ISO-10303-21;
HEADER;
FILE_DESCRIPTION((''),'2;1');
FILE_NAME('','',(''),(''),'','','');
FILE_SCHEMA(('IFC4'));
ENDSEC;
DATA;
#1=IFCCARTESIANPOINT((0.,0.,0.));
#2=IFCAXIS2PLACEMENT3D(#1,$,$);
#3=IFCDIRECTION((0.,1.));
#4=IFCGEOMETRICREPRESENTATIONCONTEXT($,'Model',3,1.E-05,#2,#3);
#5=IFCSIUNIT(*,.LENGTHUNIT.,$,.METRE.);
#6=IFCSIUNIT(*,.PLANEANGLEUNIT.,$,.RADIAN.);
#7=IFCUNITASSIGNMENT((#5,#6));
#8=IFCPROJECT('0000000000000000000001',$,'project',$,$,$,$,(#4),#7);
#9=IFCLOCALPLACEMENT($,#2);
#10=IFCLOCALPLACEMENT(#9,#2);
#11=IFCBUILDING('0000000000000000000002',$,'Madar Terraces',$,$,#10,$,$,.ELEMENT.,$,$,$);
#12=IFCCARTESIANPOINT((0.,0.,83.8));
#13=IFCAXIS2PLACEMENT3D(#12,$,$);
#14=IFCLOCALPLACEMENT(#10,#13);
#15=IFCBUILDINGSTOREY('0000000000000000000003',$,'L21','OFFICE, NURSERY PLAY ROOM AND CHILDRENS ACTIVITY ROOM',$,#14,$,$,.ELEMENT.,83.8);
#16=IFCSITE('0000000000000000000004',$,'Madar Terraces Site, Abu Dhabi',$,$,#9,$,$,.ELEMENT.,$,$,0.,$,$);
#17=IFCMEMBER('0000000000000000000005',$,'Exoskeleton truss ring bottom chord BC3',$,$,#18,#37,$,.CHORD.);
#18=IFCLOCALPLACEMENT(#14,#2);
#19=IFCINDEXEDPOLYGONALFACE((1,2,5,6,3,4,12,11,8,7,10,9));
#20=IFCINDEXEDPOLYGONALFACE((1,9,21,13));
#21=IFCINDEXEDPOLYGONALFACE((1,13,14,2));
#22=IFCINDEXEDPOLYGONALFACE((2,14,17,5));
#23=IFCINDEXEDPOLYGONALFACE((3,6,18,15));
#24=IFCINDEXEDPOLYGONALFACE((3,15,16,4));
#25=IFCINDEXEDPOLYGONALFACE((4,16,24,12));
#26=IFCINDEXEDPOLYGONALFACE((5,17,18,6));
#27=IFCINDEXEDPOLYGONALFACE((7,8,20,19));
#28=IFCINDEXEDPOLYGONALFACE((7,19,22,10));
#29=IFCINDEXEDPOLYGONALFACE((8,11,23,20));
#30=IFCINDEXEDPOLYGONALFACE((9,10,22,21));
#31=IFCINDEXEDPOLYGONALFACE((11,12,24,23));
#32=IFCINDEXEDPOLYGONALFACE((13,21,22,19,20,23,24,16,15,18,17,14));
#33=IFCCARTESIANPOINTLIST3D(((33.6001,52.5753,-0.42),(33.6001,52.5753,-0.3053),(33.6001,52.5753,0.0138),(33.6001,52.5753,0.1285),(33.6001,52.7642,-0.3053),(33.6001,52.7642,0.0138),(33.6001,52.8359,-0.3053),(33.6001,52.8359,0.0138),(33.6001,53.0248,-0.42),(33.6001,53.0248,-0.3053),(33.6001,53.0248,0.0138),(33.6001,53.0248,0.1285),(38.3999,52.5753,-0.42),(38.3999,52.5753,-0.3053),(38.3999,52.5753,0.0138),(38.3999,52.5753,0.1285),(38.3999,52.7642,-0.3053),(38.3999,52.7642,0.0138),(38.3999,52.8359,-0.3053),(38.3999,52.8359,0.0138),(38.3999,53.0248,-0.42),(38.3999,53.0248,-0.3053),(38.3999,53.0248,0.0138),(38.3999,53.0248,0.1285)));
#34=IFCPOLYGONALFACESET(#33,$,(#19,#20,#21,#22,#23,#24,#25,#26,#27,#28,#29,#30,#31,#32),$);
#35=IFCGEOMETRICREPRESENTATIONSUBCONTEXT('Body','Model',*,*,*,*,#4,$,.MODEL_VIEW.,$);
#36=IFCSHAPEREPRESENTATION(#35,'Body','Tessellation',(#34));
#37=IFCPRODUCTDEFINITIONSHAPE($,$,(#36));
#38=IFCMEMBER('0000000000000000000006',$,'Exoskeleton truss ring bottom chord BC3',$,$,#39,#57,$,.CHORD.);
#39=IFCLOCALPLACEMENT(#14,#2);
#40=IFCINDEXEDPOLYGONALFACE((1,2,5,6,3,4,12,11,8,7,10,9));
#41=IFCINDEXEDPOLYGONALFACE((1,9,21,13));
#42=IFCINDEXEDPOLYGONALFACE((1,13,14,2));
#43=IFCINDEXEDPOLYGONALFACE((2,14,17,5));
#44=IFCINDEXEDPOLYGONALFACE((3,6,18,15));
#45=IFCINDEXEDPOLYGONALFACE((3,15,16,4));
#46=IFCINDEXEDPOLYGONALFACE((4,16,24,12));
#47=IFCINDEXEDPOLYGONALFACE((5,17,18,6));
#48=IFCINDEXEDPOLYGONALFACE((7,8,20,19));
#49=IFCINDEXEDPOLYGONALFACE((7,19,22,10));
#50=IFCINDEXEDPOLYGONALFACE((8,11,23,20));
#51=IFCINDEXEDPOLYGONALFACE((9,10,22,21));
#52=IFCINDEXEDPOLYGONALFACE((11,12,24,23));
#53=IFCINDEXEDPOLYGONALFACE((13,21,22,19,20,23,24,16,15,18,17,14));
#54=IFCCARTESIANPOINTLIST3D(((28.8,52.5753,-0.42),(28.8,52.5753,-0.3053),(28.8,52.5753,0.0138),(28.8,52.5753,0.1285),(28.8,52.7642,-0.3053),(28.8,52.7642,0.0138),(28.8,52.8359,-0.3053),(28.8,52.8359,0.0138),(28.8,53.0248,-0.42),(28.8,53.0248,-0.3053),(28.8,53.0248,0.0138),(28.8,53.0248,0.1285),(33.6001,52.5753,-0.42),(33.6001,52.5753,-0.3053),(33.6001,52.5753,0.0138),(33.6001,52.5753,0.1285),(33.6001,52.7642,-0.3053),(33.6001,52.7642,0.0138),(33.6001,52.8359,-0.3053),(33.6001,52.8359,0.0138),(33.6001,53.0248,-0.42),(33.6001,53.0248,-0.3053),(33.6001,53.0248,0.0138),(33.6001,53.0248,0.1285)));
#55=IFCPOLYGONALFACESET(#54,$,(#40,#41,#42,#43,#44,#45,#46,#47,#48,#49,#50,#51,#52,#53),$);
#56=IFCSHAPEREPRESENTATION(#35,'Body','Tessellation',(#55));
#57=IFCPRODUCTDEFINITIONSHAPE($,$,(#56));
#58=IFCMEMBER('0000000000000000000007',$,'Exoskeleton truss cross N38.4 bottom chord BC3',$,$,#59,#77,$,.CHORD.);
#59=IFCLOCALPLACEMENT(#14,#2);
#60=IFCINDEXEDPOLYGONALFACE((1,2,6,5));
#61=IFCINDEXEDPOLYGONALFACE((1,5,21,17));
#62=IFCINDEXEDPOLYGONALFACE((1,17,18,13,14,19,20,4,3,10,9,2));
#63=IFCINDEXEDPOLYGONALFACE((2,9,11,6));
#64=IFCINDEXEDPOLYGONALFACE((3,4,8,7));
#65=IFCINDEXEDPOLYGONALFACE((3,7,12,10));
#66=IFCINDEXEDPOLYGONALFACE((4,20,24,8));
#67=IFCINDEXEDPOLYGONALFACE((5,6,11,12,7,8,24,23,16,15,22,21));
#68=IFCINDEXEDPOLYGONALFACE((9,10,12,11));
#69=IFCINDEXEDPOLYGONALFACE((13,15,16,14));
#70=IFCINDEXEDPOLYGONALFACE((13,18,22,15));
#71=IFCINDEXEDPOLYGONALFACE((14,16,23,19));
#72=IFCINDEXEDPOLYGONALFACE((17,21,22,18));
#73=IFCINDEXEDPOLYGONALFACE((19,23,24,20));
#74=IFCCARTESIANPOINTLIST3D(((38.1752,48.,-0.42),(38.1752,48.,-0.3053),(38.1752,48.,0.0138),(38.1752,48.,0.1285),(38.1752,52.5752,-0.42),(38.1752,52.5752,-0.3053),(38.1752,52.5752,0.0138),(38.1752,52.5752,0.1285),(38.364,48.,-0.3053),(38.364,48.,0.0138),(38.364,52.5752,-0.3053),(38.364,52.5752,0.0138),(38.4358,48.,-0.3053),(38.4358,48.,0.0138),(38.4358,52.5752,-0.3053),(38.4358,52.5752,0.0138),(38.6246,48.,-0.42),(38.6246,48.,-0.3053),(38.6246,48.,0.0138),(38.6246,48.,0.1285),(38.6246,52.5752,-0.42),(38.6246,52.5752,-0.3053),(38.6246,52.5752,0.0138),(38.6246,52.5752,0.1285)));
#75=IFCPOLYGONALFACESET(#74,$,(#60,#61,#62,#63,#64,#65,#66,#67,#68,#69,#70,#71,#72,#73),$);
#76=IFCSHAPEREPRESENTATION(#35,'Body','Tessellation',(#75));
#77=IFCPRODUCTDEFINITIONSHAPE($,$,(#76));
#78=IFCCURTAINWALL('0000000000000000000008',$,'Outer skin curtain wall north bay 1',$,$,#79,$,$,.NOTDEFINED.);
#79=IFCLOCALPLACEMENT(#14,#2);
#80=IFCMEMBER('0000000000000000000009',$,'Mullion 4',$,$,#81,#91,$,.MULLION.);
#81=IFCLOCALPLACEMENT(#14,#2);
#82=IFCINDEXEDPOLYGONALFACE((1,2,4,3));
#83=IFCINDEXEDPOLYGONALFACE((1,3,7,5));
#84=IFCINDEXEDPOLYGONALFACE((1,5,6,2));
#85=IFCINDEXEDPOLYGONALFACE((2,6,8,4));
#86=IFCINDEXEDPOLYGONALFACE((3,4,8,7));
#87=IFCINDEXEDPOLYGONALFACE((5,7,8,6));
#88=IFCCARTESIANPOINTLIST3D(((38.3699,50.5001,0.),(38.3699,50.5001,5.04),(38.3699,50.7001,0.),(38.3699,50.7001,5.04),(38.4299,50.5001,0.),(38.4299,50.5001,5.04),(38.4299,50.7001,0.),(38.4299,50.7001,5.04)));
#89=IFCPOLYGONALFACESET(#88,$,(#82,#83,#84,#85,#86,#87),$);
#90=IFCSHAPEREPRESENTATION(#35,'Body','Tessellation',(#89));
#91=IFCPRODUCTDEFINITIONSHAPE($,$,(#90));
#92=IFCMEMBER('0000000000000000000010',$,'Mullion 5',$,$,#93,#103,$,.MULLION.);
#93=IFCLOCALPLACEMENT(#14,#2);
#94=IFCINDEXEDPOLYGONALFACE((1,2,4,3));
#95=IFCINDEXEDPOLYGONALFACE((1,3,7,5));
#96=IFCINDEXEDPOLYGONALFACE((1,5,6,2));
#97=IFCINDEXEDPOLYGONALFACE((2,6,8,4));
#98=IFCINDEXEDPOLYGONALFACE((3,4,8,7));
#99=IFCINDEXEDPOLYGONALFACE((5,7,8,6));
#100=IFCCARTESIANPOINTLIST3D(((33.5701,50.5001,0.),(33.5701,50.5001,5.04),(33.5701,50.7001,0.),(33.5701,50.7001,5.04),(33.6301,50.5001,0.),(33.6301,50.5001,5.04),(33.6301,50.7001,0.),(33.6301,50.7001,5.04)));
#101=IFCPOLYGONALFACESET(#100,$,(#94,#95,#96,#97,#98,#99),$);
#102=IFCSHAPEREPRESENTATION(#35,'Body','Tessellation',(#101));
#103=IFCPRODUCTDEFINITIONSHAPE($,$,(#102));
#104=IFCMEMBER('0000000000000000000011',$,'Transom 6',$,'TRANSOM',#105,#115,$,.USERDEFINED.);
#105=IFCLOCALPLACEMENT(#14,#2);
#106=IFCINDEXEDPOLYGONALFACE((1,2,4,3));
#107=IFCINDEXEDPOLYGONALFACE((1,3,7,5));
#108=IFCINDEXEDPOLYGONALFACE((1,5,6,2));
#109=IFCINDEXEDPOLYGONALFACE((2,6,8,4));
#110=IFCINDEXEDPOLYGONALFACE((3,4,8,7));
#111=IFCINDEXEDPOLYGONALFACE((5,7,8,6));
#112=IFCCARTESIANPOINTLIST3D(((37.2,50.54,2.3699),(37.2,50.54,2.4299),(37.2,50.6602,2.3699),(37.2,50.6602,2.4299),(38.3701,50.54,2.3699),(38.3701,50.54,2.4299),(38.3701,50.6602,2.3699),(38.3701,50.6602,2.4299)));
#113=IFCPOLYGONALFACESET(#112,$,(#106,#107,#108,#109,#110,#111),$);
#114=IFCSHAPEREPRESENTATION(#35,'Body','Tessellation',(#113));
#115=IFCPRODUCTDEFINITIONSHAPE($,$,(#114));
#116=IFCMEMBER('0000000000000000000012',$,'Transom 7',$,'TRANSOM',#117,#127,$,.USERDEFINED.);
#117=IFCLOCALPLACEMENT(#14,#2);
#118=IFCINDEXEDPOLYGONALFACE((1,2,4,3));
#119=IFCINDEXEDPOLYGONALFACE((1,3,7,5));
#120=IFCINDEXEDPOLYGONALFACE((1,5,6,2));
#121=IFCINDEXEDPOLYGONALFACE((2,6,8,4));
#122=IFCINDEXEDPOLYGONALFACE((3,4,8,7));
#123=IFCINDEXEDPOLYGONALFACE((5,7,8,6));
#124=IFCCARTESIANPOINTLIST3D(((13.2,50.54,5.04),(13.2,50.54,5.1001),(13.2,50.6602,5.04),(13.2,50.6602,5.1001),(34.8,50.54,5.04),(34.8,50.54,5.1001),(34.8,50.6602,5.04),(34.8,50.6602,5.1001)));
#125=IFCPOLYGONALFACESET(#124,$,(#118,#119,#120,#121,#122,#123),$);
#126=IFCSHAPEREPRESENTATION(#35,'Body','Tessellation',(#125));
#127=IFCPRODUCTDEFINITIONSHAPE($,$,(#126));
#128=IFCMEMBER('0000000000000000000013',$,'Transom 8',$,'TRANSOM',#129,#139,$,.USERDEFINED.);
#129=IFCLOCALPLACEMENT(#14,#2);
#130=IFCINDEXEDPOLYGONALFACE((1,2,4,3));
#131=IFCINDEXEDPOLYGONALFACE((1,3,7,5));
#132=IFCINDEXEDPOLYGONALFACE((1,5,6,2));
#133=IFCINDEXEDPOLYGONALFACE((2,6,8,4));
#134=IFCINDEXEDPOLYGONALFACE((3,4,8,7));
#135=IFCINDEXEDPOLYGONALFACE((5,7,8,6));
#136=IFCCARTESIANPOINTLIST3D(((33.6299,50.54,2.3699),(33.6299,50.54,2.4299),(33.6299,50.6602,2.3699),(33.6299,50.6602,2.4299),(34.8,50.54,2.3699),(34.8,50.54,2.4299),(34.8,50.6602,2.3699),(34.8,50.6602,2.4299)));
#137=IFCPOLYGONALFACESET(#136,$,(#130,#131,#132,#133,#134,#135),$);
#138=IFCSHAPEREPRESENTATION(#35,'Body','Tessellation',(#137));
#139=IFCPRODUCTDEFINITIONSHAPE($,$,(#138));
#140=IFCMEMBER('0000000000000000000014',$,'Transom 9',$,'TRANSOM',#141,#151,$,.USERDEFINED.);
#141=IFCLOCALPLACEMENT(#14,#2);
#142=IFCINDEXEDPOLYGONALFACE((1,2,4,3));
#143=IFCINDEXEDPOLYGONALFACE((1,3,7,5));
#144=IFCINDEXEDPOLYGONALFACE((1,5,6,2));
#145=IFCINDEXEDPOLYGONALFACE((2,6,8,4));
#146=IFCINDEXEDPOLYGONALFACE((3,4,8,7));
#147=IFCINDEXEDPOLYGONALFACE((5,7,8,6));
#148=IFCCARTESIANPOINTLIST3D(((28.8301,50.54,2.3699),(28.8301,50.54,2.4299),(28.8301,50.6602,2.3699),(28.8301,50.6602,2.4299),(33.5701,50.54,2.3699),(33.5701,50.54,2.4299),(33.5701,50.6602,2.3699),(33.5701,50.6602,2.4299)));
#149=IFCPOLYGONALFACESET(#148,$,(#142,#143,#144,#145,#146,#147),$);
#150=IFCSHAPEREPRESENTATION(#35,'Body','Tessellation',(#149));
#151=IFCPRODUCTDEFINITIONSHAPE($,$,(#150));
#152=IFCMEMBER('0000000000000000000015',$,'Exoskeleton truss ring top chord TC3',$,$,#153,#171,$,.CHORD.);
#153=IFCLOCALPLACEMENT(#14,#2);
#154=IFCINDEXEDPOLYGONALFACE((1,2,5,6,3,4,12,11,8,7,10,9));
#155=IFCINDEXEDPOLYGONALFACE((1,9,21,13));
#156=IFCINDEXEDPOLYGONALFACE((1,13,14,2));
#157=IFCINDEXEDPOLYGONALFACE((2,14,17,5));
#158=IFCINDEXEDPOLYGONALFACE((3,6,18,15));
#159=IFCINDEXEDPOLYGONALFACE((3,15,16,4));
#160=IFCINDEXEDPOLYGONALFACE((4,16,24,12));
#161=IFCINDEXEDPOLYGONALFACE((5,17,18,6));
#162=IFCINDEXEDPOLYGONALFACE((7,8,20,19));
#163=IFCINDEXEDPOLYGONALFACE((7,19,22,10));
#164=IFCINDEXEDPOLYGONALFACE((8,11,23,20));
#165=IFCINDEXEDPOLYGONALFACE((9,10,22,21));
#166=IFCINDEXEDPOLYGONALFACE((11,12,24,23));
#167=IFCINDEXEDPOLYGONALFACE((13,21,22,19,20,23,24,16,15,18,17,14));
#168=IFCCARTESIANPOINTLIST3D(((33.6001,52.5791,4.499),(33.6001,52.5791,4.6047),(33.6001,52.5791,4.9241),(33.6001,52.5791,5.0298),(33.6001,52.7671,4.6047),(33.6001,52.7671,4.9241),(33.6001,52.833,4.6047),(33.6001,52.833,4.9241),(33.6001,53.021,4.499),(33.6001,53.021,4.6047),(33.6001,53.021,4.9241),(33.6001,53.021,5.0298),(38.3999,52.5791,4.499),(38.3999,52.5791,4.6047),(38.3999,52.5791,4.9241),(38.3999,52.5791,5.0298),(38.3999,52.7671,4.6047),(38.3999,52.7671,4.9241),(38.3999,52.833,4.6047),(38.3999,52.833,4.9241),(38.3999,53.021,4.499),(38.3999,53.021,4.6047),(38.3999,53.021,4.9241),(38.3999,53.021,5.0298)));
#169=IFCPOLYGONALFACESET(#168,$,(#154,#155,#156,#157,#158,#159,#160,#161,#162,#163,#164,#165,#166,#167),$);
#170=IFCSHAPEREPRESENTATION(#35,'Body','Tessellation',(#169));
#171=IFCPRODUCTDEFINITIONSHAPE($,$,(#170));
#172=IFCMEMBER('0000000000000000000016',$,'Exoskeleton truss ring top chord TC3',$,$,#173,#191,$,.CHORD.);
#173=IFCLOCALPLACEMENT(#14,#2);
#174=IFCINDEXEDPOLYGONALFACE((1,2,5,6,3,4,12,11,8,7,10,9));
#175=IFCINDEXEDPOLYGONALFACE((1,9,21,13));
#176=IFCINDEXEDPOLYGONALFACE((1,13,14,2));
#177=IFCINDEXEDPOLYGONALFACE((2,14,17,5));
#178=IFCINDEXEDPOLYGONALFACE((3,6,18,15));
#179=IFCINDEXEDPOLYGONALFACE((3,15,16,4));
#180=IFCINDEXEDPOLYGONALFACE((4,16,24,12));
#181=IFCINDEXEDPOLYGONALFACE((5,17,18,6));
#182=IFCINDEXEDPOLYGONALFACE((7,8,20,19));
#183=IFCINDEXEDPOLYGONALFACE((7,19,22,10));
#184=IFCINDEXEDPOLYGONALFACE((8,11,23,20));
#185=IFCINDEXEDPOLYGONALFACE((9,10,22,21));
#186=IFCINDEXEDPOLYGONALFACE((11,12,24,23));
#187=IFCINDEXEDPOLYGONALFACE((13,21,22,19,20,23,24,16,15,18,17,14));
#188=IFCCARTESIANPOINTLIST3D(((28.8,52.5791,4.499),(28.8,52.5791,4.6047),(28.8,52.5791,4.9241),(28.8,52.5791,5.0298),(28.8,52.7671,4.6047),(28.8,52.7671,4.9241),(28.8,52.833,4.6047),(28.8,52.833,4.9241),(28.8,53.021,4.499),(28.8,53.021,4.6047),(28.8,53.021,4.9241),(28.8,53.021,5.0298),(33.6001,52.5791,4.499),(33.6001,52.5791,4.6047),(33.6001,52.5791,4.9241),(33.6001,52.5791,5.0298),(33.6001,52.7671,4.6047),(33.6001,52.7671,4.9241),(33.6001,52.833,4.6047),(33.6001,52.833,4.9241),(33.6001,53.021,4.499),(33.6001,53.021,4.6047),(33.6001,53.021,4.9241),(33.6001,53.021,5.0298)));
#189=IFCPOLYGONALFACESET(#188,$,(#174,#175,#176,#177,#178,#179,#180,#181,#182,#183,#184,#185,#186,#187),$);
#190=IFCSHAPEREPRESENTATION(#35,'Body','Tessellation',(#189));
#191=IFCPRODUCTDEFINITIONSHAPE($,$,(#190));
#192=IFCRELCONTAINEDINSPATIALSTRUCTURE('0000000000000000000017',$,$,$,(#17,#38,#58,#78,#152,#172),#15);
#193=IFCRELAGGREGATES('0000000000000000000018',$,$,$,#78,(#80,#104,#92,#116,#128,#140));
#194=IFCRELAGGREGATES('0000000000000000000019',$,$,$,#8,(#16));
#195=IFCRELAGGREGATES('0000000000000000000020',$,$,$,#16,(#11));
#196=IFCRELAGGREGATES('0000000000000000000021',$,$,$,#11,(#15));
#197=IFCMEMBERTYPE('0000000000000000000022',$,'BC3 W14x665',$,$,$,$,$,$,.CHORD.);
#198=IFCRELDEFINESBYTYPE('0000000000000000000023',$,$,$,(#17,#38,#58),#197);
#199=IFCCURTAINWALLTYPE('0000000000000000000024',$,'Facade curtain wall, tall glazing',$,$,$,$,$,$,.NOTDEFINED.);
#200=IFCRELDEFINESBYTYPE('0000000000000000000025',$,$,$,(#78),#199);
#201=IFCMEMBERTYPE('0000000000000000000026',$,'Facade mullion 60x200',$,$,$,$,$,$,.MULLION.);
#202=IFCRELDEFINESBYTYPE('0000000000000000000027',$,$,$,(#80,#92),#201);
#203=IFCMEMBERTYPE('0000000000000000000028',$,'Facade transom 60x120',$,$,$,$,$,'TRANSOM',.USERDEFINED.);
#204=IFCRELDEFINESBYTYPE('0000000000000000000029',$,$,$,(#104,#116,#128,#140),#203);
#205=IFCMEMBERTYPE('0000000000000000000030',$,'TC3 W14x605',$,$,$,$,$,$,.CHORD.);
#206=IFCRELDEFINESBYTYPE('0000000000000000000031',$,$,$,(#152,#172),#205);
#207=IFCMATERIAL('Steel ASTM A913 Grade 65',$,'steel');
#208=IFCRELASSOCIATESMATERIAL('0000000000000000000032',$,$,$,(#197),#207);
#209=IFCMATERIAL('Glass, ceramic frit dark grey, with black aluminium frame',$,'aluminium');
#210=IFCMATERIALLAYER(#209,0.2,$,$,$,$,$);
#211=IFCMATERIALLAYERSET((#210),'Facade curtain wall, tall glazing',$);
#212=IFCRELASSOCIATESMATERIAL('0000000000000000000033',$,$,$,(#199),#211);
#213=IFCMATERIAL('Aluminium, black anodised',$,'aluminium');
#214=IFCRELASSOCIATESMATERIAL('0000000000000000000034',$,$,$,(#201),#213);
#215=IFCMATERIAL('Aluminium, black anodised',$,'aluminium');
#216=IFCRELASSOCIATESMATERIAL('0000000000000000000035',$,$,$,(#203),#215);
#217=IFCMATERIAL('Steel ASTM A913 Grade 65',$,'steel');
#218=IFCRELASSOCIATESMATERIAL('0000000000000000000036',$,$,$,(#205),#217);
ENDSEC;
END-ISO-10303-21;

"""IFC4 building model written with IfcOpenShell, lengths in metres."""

from ifc_helpers import new_model, si_unit, direction, frame, origin, origin_2d, place, context, subcontext, project, spatial, rectangle, i_section, extrude, material, layer, layer_set, material_profile, profile_set, type_object, element, aggregate, save


model = new_model("IFC4")

# Units and contexts
model_context = context("Model", 3, precision=1e-05, world=origin(), true_north=direction((0.0, 1.0)))
body_context = subcontext(model_context, "Body", "Model", "MODEL_VIEW")
ifc_project = project(units=[si_unit("LENGTHUNIT", "METRE"), si_unit("PLANEANGLEUNIT", "RADIAN")], contexts=[model_context])

# Site, building, storey
site_placement = place(None, origin())
site = spatial("IfcSite", under=ifc_project, at=site_placement, Name="Madar Terraces Site, Abu Dhabi", CompositionType="ELEMENT", RefElevation=0.0)
building_placement = place(site_placement, origin())
building = spatial("IfcBuilding", under=site, at=building_placement, Name="Madar Terraces", CompositionType="ELEMENT")
storey_placement = place(building_placement, frame((0.0, 0.0, 83.8)))
storey = spatial("IfcBuildingStorey", under=building, at=storey_placement, Name="L21", Description="OFFICE, NURSERY PLAY ROOM AND CHILDRENS ACTIVITY ROOM", CompositionType="ELEMENT", Elevation=83.8)

# Members
ifc_material_1 = material(Name="Steel ASTM A913 Grade 65", Category="steel")
ifc_material_profile_1 = material_profile(ifc_material_1, i_section(OverallWidth=0.4495, OverallDepth=0.5486, WebThickness=0.0718, FlangeThickness=0.1147, at=origin_2d()), Name="W14x665")
ifc_profile_set_1 = profile_set([ifc_material_profile_1], Name="Steel ASTM A913 Grade 65")
member_type_1 = type_object("IfcMemberType", Name="BC3 W14x665", PredefinedType="CHORD", material=ifc_profile_set_1)
member_1_placement = place(storey_placement, frame((38.3999, 52.8, -0.1458), z_axis=(-1.0, 0.0, 0.0), x_axis=(0.0, -1.0, 0.0)))
element("IfcMember", 1, at=member_1_placement, inside=storey, type_object=member_type_1, Name="Exoskeleton truss ring bottom chord BC3", PredefinedType="CHORD", context=body_context, shape_type="SweptSolid", body=[
    extrude(i_section(OverallWidth=0.4495, OverallDepth=0.5486, WebThickness=0.0718, FlangeThickness=0.1147, at=origin_2d()), origin(), (0.0, 0.0, 1.0), 4.7998),
])
member_2_placement = place(storey_placement, frame((33.6001, 52.8, -0.1458), z_axis=(-1.0, 0.0, 0.0), x_axis=(0.0, -1.0, 0.0)))
element("IfcMember", 2, at=member_2_placement, inside=storey, type_object=member_type_1, Name="Exoskeleton truss ring bottom chord BC3", PredefinedType="CHORD", context=body_context, shape_type="SweptSolid", body=[
    extrude(i_section(OverallWidth=0.4495, OverallDepth=0.5486, WebThickness=0.0718, FlangeThickness=0.1147, at=origin_2d()), origin(), (0.0, 0.0, 1.0), 4.8),
])
member_3_placement = place(storey_placement, frame((38.3999, 52.5752, -0.1458), z_axis=(0.0, -1.0, 0.0), x_axis=(1.0, 0.0, 0.0)))
element("IfcMember", 3, at=member_3_placement, inside=storey, type_object=member_type_1, Name="Exoskeleton truss cross N38.4 bottom chord BC3", PredefinedType="CHORD", context=body_context, shape_type="SweptSolid", body=[
    extrude(i_section(OverallWidth=0.4495, OverallDepth=0.5486, WebThickness=0.0718, FlangeThickness=0.1147, at=origin_2d()), origin(), (0.0, 0.0, 1.0), 4.5752),
])

# Curtain wall, members
ifc_material_2 = material(Name="Glass, ceramic frit dark grey, with black aluminium frame", Category="aluminium")
ifc_layer_1 = layer(ifc_material_2, 0.2)
ifc_layer_set_1 = layer_set([ifc_layer_1], Name="Facade curtain wall, tall glazing")
curtain_wall_type = type_object("IfcCurtainWallType", Name="Facade curtain wall, tall glazing", PredefinedType="NOTDEFINED", material=ifc_layer_set_1)
curtain_wall_placement = place(storey_placement, origin())
curtain_wall = element("IfcCurtainWall", 4, at=curtain_wall_placement, inside=storey, type_object=curtain_wall_type, Name="Outer skin curtain wall north bay 1", PredefinedType="NOTDEFINED")
ifc_material_3 = material(Name="Aluminium, black anodised", Category="aluminium")
ifc_material_profile_2 = material_profile(ifc_material_3, rectangle(XDim=0.2, YDim=0.0601, at=origin_2d()), Name="Facade mullion 60x200")
ifc_profile_set_2 = profile_set([ifc_material_profile_2], Name="Aluminium, black anodised")
member_type_2 = type_object("IfcMemberType", Name="Facade mullion 60x200", PredefinedType="MULLION", material=ifc_profile_set_2)
member_4_placement = place(storey_placement, frame((38.3999, 50.6001, 0.0), z_axis=(0.0, 0.0, 1.0), x_axis=(0.0, -1.0, 0.0)))
member_4 = element("IfcMember", 5, at=member_4_placement, type_object=member_type_2, Name="Mullion 4", PredefinedType="MULLION", context=body_context, shape_type="SweptSolid", body=[
    extrude(rectangle(XDim=0.2, YDim=0.0601, at=origin_2d()), origin(), (0.0, 0.0, 1.0), 5.04),
])
member_5_placement = place(storey_placement, frame((33.6001, 50.6001, 0.0), z_axis=(0.0, 0.0, 1.0), x_axis=(0.0, -1.0, 0.0)))
member_5 = element("IfcMember", 6, at=member_5_placement, type_object=member_type_2, Name="Mullion 5", PredefinedType="MULLION", context=body_context, shape_type="SweptSolid", body=[
    extrude(rectangle(XDim=0.2, YDim=0.0601, at=origin_2d()), origin(), (0.0, 0.0, 1.0), 5.04),
])
ifc_material_4 = material(Name="Aluminium, black anodised", Category="aluminium")
ifc_material_profile_3 = material_profile(ifc_material_4, rectangle(XDim=0.1201, YDim=0.0601, at=origin_2d()), Name="Facade transom 60x120")
ifc_profile_set_3 = profile_set([ifc_material_profile_3], Name="Aluminium, black anodised")
member_type_3 = type_object("IfcMemberType", Name="Facade transom 60x120", ElementType="TRANSOM", PredefinedType="USERDEFINED", material=ifc_profile_set_3)
member_6_placement = place(storey_placement, frame((38.3701, 50.6001, 2.3999), z_axis=(-1.0, 0.0, 0.0), x_axis=(0.0, -1.0, 0.0)))
member_6 = element("IfcMember", 7, at=member_6_placement, type_object=member_type_3, Name="Transom 6", ObjectType="TRANSOM", PredefinedType="USERDEFINED", context=body_context, shape_type="SweptSolid", body=[
    extrude(rectangle(XDim=0.1201, YDim=0.0601, at=origin_2d()), origin(), (0.0, 0.0, 1.0), 1.1702),
])
member_7_placement = place(storey_placement, frame((34.8, 50.6001, 5.0701), z_axis=(-1.0, 0.0, 0.0), x_axis=(0.0, -1.0, 0.0)))
member_7 = element("IfcMember", 8, at=member_7_placement, type_object=member_type_3, Name="Transom 7", ObjectType="TRANSOM", PredefinedType="USERDEFINED", context=body_context, shape_type="SweptSolid", body=[
    extrude(rectangle(XDim=0.1201, YDim=0.0601, at=origin_2d()), origin(), (0.0, 0.0, 1.0), 21.6001),
])
member_8_placement = place(storey_placement, frame((34.8, 50.6001, 2.3999), z_axis=(-1.0, 0.0, 0.0), x_axis=(0.0, -1.0, 0.0)))
member_8 = element("IfcMember", 9, at=member_8_placement, type_object=member_type_3, Name="Transom 8", ObjectType="TRANSOM", PredefinedType="USERDEFINED", context=body_context, shape_type="SweptSolid", body=[
    extrude(rectangle(XDim=0.1201, YDim=0.0601, at=origin_2d()), origin(), (0.0, 0.0, 1.0), 1.1702),
])
member_9_placement = place(storey_placement, frame((33.5701, 50.6001, 2.3999), z_axis=(-1.0, 0.0, 0.0), x_axis=(0.0, -1.0, 0.0)))
member_9 = element("IfcMember", 10, at=member_9_placement, type_object=member_type_3, Name="Transom 9", ObjectType="TRANSOM", PredefinedType="USERDEFINED", context=body_context, shape_type="SweptSolid", body=[
    extrude(rectangle(XDim=0.1201, YDim=0.0601, at=origin_2d()), origin(), (0.0, 0.0, 1.0), 4.74),
])

# Members
ifc_material_5 = material(Name="Steel ASTM A913 Grade 65", Category="steel")
ifc_material_profile_4 = material_profile(ifc_material_5, i_section(OverallWidth=0.4419, OverallDepth=0.5308, WebThickness=0.0659, FlangeThickness=0.1057, at=origin_2d()), Name="W14x605")
ifc_profile_set_4 = profile_set([ifc_material_profile_4], Name="Steel ASTM A913 Grade 65")
member_type_4 = type_object("IfcMemberType", Name="TC3 W14x605", PredefinedType="CHORD", material=ifc_profile_set_4)
member_10_placement = place(storey_placement, frame((38.3999, 52.8, 4.7644), z_axis=(-1.0, 0.0, 0.0), x_axis=(0.0, -1.0, 0.0)))
element("IfcMember", 11, at=member_10_placement, inside=storey, type_object=member_type_4, Name="Exoskeleton truss ring top chord TC3", PredefinedType="CHORD", context=body_context, shape_type="SweptSolid", body=[
    extrude(i_section(OverallWidth=0.4419, OverallDepth=0.5308, WebThickness=0.0659, FlangeThickness=0.1057, at=origin_2d()), origin(), (0.0, 0.0, 1.0), 4.7998),
])
member_11_placement = place(storey_placement, frame((33.6001, 52.8, 4.7644), z_axis=(-1.0, 0.0, 0.0), x_axis=(0.0, -1.0, 0.0)))
element("IfcMember", 12, at=member_11_placement, inside=storey, type_object=member_type_4, Name="Exoskeleton truss ring top chord TC3", PredefinedType="CHORD", context=body_context, shape_type="SweptSolid", body=[
    extrude(i_section(OverallWidth=0.4419, OverallDepth=0.5308, WebThickness=0.0659, FlangeThickness=0.1057, at=origin_2d()), origin(), (0.0, 0.0, 1.0), 4.8),
])

aggregate(curtain_wall, [member_4, member_6, member_5, member_7, member_8, member_9])

save(model, "model.ifc")
